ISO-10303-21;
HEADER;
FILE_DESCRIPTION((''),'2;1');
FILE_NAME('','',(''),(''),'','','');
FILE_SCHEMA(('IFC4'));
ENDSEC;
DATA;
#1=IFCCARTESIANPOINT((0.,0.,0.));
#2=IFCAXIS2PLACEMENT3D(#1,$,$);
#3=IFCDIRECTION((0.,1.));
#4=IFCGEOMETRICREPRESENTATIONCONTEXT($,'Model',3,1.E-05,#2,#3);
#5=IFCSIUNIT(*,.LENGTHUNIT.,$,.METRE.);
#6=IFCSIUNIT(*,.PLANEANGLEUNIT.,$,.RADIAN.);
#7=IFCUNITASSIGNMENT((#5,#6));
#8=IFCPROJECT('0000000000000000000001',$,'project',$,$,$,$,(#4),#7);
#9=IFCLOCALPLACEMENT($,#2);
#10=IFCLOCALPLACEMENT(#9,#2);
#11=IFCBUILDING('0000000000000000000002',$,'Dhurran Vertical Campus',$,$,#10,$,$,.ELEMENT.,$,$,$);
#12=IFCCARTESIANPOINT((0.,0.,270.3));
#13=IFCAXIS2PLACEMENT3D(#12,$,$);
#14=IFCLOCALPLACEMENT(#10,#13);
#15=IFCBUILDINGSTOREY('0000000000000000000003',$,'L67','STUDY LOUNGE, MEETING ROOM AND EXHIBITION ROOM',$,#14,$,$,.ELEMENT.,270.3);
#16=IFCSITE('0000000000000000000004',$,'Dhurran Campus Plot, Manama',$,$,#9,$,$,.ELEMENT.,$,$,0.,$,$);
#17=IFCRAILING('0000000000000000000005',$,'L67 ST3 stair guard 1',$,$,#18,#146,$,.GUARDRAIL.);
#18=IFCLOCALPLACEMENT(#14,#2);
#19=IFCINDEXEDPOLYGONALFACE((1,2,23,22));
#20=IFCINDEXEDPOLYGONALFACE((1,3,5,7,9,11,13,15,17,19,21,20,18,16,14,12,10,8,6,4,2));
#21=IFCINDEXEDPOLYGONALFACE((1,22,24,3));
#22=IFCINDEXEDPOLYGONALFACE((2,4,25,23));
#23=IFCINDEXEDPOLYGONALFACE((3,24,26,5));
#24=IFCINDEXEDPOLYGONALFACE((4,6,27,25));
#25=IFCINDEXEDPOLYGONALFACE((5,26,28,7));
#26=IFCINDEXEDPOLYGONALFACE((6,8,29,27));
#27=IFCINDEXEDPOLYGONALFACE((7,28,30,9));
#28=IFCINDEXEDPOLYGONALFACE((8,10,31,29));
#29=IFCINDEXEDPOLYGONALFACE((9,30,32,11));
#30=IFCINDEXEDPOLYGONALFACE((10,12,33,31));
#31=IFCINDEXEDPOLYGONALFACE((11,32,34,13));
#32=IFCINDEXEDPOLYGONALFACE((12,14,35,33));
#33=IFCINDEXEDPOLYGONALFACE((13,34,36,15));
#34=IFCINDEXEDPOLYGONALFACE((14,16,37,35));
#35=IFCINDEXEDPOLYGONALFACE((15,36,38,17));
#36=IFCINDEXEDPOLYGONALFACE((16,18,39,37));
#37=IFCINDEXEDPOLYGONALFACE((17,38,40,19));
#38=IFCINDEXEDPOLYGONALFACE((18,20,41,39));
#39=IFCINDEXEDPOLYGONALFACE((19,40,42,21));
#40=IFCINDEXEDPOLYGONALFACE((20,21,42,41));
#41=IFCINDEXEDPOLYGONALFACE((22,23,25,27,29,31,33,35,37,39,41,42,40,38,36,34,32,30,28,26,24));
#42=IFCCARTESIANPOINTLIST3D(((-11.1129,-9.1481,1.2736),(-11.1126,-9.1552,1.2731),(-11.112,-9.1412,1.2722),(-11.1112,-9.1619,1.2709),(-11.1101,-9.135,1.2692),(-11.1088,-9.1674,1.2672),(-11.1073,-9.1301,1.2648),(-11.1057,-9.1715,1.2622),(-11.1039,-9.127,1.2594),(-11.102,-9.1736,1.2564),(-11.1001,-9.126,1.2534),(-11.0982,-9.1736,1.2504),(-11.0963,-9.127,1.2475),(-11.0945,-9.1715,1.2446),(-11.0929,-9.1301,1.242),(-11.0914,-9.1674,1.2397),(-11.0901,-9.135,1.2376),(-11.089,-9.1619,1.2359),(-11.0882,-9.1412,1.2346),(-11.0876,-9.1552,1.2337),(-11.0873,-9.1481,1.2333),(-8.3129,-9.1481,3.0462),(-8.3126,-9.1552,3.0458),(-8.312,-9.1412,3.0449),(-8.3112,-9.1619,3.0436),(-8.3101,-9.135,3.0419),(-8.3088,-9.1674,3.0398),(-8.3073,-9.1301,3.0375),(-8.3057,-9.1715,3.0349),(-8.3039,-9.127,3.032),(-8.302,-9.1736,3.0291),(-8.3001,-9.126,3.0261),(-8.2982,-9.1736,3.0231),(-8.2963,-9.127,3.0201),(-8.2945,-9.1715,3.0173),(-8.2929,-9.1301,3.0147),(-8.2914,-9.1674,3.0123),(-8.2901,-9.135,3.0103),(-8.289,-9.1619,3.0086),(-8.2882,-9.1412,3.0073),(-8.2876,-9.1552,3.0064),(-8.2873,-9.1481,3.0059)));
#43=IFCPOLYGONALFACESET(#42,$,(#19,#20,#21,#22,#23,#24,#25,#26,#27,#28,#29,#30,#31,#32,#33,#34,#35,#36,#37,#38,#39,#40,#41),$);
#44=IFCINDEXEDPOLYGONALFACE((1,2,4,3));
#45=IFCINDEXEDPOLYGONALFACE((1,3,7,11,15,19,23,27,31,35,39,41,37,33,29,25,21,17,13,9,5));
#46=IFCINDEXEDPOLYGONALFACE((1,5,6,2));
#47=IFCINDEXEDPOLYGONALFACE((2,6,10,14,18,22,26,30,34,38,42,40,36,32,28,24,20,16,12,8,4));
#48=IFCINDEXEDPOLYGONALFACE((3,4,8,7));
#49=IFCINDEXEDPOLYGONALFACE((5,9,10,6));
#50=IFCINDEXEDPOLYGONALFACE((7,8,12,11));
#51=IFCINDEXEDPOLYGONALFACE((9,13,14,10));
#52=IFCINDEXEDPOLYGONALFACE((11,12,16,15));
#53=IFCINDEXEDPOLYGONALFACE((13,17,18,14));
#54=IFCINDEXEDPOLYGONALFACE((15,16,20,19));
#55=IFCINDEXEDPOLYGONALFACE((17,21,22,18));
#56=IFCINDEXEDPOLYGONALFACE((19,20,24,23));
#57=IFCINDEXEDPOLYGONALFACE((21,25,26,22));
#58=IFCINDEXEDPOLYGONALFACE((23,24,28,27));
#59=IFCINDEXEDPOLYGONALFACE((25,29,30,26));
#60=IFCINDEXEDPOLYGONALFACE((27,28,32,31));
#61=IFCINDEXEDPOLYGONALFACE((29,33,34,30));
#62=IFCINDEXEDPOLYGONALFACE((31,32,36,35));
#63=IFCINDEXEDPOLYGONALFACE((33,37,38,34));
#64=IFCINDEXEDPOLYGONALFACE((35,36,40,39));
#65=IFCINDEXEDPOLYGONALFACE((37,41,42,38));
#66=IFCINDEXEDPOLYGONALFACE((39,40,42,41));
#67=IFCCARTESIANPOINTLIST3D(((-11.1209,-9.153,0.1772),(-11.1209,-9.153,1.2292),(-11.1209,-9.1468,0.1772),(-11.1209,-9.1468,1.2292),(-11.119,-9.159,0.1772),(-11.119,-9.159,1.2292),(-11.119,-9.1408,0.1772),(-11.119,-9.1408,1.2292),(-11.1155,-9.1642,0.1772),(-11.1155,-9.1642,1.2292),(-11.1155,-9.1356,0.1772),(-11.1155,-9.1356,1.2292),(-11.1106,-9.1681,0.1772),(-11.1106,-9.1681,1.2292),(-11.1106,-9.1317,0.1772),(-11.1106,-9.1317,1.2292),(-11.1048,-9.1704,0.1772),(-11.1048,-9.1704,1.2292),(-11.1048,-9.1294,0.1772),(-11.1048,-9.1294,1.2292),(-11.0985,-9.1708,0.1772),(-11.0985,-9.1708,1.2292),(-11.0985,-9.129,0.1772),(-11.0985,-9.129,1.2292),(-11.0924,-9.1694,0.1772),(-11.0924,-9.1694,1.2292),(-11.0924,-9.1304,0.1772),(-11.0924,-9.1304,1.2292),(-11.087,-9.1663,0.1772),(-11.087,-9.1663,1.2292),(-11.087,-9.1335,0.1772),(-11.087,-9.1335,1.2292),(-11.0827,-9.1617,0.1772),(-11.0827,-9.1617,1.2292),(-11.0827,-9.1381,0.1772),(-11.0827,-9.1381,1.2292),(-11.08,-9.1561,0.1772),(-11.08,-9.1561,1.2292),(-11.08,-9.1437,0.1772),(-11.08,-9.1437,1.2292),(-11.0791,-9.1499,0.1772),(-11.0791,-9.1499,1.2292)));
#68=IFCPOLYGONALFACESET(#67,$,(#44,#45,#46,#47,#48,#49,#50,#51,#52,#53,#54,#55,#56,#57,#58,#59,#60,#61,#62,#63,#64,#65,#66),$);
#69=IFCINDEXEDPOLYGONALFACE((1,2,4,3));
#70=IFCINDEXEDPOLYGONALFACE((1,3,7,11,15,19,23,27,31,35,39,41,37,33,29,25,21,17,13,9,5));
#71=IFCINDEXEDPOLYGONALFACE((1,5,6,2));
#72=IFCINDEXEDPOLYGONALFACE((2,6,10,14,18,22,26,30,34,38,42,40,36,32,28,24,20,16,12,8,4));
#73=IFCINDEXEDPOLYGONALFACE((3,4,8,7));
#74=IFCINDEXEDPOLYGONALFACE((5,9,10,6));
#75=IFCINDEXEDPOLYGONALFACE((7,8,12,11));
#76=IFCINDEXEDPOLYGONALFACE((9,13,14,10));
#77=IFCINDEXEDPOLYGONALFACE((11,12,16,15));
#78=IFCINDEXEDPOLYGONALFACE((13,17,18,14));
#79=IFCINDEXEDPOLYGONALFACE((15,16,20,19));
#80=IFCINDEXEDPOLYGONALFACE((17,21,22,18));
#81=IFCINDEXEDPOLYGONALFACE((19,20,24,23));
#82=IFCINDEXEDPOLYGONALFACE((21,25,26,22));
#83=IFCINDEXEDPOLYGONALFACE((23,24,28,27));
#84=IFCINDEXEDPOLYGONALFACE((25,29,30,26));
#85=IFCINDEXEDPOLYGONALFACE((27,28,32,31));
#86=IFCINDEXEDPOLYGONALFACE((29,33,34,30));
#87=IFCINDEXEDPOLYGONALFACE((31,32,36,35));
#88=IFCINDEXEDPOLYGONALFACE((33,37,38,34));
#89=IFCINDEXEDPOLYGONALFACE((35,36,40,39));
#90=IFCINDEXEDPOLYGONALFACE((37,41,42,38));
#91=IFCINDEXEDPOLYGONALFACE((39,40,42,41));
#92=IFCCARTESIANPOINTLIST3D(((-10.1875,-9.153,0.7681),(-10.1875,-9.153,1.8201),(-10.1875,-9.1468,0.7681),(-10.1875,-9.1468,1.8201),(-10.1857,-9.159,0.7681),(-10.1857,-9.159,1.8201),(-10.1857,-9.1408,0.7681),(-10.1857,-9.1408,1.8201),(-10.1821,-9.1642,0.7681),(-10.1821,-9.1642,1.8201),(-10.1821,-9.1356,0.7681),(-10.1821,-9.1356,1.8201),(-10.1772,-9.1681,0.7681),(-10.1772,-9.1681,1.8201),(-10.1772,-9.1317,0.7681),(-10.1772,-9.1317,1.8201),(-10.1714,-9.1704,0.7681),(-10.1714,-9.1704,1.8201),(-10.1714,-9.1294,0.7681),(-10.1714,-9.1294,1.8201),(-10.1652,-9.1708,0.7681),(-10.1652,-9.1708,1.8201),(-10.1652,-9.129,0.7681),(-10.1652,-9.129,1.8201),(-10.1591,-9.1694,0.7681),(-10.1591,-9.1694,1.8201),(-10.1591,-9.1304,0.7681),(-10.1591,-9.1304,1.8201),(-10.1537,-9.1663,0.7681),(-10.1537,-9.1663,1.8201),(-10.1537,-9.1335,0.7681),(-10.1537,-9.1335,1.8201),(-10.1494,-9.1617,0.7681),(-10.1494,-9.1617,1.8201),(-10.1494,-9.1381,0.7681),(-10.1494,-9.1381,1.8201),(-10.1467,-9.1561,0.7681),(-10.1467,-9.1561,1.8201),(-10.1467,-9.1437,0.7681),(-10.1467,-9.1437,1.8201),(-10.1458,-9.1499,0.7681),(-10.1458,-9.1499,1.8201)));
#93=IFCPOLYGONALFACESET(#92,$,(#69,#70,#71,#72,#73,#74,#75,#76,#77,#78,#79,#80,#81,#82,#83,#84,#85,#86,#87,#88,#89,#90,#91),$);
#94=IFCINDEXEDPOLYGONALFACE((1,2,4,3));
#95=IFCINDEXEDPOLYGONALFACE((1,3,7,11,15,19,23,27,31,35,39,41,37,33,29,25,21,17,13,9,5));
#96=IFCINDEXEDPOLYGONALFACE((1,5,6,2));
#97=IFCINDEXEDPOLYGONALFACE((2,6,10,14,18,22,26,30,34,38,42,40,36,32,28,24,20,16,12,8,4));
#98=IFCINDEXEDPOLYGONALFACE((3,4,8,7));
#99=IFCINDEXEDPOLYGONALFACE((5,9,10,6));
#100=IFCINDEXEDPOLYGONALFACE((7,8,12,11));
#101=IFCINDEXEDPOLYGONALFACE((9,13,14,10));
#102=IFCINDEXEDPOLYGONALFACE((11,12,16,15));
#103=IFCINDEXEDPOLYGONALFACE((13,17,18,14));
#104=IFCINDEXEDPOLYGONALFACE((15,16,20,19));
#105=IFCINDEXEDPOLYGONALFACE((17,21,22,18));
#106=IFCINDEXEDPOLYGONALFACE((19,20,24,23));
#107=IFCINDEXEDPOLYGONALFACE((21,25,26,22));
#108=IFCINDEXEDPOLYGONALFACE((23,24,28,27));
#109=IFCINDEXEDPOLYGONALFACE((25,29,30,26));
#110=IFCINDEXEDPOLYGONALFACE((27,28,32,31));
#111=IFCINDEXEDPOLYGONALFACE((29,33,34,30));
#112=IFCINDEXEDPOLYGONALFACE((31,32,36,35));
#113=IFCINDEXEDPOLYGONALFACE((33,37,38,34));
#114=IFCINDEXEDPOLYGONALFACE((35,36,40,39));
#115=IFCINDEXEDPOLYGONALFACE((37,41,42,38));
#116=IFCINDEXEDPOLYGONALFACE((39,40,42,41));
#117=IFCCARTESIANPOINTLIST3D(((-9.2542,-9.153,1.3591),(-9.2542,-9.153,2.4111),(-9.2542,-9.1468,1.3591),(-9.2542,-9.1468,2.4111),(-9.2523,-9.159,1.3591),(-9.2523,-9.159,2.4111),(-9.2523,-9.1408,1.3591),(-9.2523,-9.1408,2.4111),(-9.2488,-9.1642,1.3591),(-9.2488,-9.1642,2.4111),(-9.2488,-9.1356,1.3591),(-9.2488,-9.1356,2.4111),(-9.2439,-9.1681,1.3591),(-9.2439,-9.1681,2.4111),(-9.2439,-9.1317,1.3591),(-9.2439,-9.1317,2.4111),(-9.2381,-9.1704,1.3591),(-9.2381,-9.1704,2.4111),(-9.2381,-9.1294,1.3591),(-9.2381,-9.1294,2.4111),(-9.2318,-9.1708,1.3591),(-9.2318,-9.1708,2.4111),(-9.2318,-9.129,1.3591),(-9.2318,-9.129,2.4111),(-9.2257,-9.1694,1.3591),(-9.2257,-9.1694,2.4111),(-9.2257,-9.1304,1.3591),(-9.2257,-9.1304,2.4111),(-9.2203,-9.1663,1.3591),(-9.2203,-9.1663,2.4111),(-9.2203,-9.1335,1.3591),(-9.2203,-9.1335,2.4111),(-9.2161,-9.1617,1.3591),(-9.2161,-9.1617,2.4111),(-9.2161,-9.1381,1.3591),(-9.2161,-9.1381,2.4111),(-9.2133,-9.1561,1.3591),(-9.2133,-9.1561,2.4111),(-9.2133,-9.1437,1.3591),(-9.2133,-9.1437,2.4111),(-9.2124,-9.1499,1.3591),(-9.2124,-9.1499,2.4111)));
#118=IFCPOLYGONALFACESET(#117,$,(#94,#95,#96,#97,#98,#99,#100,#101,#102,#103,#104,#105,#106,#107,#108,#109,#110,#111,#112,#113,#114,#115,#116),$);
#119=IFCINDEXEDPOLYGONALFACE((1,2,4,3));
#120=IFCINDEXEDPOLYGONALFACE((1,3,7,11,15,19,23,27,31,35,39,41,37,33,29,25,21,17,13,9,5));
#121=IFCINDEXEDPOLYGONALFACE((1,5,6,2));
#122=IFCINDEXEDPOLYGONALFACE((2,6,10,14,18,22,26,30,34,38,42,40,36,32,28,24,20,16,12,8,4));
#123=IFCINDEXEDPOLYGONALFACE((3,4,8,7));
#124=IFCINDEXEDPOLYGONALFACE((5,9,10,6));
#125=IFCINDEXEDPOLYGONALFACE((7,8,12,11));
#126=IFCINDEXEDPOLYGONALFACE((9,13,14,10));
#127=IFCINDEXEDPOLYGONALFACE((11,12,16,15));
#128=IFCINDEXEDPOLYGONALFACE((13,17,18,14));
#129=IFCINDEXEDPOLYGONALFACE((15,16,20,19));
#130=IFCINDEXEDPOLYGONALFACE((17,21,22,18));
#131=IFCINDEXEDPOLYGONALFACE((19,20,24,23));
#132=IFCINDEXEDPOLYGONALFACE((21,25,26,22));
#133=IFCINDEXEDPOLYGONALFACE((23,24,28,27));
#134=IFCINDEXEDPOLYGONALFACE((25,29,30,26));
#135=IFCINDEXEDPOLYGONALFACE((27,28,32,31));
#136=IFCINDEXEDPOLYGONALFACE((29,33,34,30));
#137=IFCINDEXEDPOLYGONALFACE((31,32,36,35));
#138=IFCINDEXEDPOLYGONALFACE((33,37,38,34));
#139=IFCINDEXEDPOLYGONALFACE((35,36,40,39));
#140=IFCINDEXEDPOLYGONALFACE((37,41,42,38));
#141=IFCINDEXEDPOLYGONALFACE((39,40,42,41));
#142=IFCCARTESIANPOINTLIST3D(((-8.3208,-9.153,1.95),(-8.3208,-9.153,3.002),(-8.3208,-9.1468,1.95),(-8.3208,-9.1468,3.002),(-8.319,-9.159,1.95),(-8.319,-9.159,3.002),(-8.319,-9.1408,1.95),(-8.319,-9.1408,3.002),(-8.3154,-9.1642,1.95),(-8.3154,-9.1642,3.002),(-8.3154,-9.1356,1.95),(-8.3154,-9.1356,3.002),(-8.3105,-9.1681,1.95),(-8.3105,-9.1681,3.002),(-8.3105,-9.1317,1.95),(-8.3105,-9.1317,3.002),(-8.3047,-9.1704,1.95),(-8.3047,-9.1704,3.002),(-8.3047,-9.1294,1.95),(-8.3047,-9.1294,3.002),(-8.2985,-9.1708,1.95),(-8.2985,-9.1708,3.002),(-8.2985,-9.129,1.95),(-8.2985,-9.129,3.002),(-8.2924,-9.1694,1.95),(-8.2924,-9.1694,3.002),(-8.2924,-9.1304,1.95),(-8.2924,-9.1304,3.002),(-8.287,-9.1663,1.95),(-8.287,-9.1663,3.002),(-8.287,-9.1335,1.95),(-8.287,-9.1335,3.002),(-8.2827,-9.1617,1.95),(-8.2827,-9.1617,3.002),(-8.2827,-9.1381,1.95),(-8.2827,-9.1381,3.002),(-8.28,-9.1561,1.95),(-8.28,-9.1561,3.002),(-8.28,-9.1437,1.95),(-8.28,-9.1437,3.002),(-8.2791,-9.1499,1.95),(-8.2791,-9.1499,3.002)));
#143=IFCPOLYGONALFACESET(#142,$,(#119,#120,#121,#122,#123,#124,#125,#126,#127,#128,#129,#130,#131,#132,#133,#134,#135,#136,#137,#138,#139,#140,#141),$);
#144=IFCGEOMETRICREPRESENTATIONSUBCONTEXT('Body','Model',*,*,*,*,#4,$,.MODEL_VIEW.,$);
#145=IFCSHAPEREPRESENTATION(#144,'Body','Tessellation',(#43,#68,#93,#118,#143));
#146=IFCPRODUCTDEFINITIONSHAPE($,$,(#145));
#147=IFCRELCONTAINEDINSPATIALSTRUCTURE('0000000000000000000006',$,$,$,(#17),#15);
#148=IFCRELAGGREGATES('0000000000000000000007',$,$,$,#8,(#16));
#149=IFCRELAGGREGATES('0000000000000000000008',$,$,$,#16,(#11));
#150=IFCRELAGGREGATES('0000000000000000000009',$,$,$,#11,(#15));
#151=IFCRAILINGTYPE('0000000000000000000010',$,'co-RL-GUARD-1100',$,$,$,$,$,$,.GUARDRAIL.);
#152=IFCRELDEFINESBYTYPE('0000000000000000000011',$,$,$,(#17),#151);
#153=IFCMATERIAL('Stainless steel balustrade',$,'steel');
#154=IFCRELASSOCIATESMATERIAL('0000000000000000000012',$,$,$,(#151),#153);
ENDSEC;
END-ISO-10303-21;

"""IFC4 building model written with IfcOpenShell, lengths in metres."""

from ifc_helpers import new_model, si_unit, direction, frame, origin, origin_2d, place, context, subcontext, project, spatial, circle, extrude, material, type_object, element, save


model = new_model("IFC4")

# Units and contexts
model_context = context("Model", 3, precision=1e-05, world=origin(), true_north=direction((0.0, 1.0)))
body_context = subcontext(model_context, "Body", "Model", "MODEL_VIEW")
ifc_project = project(units=[si_unit("LENGTHUNIT", "METRE"), si_unit("PLANEANGLEUNIT", "RADIAN")], contexts=[model_context])

# Site, building, storey
site_placement = place(None, origin())
site = spatial("IfcSite", under=ifc_project, at=site_placement, Name="Dhurran Campus Plot, Manama", CompositionType="ELEMENT", RefElevation=0.0)
building_placement = place(site_placement, origin())
building = spatial("IfcBuilding", under=site, at=building_placement, Name="Dhurran Vertical Campus", CompositionType="ELEMENT")
storey_placement = place(building_placement, frame((0.0, 0.0, 270.3)))
storey = spatial("IfcBuildingStorey", under=building, at=storey_placement, Name="L67", Description="STUDY LOUNGE, MEETING ROOM AND EXHIBITION ROOM", CompositionType="ELEMENT", Elevation=270.3)

# Railing
ifc_material_1 = material(Name="Stainless steel balustrade", Category="steel")
railing_type_1 = type_object("IfcRailingType", Name="co-RL-GUARD-1100", PredefinedType="GUARDRAIL", material=ifc_material_1)
railing_1_placement = place(storey_placement, frame((-11.1001, -9.1499, 0.1772)))
element("IfcRailing", 1, at=railing_1_placement, inside=storey, type_object=railing_type_1, Name="L67 ST3 stair guard 1", PredefinedType="GUARDRAIL", context=body_context, shape_type="SweptSolid", body=[
    extrude(circle(Radius=0.0239, at=origin_2d()), frame((0.0, 0.0, 1.0762), z_axis=(0.844909, 0.0, 0.53491), x_axis=(0.0, 1.0, 0.0)), (0.0, 0.0, 1.0), 3.314),
    extrude(circle(Radius=0.021, at=origin_2d()), origin(), (0.0, 0.0, 1.0), 1.052),
    extrude(circle(Radius=0.021, at=origin_2d()), frame((0.9333, 0.0, 0.5908)), (0.0, 0.0, 1.0), 1.052),
    extrude(circle(Radius=0.021, at=origin_2d()), frame((1.8667, 0.0, 1.1819)), (0.0, 0.0, 1.0), 1.052),
    extrude(circle(Radius=0.021, at=origin_2d()), frame((2.8, 0.0, 1.7727)), (0.0, 0.0, 1.0), 1.052),
])

save(model, "model.ifc")
